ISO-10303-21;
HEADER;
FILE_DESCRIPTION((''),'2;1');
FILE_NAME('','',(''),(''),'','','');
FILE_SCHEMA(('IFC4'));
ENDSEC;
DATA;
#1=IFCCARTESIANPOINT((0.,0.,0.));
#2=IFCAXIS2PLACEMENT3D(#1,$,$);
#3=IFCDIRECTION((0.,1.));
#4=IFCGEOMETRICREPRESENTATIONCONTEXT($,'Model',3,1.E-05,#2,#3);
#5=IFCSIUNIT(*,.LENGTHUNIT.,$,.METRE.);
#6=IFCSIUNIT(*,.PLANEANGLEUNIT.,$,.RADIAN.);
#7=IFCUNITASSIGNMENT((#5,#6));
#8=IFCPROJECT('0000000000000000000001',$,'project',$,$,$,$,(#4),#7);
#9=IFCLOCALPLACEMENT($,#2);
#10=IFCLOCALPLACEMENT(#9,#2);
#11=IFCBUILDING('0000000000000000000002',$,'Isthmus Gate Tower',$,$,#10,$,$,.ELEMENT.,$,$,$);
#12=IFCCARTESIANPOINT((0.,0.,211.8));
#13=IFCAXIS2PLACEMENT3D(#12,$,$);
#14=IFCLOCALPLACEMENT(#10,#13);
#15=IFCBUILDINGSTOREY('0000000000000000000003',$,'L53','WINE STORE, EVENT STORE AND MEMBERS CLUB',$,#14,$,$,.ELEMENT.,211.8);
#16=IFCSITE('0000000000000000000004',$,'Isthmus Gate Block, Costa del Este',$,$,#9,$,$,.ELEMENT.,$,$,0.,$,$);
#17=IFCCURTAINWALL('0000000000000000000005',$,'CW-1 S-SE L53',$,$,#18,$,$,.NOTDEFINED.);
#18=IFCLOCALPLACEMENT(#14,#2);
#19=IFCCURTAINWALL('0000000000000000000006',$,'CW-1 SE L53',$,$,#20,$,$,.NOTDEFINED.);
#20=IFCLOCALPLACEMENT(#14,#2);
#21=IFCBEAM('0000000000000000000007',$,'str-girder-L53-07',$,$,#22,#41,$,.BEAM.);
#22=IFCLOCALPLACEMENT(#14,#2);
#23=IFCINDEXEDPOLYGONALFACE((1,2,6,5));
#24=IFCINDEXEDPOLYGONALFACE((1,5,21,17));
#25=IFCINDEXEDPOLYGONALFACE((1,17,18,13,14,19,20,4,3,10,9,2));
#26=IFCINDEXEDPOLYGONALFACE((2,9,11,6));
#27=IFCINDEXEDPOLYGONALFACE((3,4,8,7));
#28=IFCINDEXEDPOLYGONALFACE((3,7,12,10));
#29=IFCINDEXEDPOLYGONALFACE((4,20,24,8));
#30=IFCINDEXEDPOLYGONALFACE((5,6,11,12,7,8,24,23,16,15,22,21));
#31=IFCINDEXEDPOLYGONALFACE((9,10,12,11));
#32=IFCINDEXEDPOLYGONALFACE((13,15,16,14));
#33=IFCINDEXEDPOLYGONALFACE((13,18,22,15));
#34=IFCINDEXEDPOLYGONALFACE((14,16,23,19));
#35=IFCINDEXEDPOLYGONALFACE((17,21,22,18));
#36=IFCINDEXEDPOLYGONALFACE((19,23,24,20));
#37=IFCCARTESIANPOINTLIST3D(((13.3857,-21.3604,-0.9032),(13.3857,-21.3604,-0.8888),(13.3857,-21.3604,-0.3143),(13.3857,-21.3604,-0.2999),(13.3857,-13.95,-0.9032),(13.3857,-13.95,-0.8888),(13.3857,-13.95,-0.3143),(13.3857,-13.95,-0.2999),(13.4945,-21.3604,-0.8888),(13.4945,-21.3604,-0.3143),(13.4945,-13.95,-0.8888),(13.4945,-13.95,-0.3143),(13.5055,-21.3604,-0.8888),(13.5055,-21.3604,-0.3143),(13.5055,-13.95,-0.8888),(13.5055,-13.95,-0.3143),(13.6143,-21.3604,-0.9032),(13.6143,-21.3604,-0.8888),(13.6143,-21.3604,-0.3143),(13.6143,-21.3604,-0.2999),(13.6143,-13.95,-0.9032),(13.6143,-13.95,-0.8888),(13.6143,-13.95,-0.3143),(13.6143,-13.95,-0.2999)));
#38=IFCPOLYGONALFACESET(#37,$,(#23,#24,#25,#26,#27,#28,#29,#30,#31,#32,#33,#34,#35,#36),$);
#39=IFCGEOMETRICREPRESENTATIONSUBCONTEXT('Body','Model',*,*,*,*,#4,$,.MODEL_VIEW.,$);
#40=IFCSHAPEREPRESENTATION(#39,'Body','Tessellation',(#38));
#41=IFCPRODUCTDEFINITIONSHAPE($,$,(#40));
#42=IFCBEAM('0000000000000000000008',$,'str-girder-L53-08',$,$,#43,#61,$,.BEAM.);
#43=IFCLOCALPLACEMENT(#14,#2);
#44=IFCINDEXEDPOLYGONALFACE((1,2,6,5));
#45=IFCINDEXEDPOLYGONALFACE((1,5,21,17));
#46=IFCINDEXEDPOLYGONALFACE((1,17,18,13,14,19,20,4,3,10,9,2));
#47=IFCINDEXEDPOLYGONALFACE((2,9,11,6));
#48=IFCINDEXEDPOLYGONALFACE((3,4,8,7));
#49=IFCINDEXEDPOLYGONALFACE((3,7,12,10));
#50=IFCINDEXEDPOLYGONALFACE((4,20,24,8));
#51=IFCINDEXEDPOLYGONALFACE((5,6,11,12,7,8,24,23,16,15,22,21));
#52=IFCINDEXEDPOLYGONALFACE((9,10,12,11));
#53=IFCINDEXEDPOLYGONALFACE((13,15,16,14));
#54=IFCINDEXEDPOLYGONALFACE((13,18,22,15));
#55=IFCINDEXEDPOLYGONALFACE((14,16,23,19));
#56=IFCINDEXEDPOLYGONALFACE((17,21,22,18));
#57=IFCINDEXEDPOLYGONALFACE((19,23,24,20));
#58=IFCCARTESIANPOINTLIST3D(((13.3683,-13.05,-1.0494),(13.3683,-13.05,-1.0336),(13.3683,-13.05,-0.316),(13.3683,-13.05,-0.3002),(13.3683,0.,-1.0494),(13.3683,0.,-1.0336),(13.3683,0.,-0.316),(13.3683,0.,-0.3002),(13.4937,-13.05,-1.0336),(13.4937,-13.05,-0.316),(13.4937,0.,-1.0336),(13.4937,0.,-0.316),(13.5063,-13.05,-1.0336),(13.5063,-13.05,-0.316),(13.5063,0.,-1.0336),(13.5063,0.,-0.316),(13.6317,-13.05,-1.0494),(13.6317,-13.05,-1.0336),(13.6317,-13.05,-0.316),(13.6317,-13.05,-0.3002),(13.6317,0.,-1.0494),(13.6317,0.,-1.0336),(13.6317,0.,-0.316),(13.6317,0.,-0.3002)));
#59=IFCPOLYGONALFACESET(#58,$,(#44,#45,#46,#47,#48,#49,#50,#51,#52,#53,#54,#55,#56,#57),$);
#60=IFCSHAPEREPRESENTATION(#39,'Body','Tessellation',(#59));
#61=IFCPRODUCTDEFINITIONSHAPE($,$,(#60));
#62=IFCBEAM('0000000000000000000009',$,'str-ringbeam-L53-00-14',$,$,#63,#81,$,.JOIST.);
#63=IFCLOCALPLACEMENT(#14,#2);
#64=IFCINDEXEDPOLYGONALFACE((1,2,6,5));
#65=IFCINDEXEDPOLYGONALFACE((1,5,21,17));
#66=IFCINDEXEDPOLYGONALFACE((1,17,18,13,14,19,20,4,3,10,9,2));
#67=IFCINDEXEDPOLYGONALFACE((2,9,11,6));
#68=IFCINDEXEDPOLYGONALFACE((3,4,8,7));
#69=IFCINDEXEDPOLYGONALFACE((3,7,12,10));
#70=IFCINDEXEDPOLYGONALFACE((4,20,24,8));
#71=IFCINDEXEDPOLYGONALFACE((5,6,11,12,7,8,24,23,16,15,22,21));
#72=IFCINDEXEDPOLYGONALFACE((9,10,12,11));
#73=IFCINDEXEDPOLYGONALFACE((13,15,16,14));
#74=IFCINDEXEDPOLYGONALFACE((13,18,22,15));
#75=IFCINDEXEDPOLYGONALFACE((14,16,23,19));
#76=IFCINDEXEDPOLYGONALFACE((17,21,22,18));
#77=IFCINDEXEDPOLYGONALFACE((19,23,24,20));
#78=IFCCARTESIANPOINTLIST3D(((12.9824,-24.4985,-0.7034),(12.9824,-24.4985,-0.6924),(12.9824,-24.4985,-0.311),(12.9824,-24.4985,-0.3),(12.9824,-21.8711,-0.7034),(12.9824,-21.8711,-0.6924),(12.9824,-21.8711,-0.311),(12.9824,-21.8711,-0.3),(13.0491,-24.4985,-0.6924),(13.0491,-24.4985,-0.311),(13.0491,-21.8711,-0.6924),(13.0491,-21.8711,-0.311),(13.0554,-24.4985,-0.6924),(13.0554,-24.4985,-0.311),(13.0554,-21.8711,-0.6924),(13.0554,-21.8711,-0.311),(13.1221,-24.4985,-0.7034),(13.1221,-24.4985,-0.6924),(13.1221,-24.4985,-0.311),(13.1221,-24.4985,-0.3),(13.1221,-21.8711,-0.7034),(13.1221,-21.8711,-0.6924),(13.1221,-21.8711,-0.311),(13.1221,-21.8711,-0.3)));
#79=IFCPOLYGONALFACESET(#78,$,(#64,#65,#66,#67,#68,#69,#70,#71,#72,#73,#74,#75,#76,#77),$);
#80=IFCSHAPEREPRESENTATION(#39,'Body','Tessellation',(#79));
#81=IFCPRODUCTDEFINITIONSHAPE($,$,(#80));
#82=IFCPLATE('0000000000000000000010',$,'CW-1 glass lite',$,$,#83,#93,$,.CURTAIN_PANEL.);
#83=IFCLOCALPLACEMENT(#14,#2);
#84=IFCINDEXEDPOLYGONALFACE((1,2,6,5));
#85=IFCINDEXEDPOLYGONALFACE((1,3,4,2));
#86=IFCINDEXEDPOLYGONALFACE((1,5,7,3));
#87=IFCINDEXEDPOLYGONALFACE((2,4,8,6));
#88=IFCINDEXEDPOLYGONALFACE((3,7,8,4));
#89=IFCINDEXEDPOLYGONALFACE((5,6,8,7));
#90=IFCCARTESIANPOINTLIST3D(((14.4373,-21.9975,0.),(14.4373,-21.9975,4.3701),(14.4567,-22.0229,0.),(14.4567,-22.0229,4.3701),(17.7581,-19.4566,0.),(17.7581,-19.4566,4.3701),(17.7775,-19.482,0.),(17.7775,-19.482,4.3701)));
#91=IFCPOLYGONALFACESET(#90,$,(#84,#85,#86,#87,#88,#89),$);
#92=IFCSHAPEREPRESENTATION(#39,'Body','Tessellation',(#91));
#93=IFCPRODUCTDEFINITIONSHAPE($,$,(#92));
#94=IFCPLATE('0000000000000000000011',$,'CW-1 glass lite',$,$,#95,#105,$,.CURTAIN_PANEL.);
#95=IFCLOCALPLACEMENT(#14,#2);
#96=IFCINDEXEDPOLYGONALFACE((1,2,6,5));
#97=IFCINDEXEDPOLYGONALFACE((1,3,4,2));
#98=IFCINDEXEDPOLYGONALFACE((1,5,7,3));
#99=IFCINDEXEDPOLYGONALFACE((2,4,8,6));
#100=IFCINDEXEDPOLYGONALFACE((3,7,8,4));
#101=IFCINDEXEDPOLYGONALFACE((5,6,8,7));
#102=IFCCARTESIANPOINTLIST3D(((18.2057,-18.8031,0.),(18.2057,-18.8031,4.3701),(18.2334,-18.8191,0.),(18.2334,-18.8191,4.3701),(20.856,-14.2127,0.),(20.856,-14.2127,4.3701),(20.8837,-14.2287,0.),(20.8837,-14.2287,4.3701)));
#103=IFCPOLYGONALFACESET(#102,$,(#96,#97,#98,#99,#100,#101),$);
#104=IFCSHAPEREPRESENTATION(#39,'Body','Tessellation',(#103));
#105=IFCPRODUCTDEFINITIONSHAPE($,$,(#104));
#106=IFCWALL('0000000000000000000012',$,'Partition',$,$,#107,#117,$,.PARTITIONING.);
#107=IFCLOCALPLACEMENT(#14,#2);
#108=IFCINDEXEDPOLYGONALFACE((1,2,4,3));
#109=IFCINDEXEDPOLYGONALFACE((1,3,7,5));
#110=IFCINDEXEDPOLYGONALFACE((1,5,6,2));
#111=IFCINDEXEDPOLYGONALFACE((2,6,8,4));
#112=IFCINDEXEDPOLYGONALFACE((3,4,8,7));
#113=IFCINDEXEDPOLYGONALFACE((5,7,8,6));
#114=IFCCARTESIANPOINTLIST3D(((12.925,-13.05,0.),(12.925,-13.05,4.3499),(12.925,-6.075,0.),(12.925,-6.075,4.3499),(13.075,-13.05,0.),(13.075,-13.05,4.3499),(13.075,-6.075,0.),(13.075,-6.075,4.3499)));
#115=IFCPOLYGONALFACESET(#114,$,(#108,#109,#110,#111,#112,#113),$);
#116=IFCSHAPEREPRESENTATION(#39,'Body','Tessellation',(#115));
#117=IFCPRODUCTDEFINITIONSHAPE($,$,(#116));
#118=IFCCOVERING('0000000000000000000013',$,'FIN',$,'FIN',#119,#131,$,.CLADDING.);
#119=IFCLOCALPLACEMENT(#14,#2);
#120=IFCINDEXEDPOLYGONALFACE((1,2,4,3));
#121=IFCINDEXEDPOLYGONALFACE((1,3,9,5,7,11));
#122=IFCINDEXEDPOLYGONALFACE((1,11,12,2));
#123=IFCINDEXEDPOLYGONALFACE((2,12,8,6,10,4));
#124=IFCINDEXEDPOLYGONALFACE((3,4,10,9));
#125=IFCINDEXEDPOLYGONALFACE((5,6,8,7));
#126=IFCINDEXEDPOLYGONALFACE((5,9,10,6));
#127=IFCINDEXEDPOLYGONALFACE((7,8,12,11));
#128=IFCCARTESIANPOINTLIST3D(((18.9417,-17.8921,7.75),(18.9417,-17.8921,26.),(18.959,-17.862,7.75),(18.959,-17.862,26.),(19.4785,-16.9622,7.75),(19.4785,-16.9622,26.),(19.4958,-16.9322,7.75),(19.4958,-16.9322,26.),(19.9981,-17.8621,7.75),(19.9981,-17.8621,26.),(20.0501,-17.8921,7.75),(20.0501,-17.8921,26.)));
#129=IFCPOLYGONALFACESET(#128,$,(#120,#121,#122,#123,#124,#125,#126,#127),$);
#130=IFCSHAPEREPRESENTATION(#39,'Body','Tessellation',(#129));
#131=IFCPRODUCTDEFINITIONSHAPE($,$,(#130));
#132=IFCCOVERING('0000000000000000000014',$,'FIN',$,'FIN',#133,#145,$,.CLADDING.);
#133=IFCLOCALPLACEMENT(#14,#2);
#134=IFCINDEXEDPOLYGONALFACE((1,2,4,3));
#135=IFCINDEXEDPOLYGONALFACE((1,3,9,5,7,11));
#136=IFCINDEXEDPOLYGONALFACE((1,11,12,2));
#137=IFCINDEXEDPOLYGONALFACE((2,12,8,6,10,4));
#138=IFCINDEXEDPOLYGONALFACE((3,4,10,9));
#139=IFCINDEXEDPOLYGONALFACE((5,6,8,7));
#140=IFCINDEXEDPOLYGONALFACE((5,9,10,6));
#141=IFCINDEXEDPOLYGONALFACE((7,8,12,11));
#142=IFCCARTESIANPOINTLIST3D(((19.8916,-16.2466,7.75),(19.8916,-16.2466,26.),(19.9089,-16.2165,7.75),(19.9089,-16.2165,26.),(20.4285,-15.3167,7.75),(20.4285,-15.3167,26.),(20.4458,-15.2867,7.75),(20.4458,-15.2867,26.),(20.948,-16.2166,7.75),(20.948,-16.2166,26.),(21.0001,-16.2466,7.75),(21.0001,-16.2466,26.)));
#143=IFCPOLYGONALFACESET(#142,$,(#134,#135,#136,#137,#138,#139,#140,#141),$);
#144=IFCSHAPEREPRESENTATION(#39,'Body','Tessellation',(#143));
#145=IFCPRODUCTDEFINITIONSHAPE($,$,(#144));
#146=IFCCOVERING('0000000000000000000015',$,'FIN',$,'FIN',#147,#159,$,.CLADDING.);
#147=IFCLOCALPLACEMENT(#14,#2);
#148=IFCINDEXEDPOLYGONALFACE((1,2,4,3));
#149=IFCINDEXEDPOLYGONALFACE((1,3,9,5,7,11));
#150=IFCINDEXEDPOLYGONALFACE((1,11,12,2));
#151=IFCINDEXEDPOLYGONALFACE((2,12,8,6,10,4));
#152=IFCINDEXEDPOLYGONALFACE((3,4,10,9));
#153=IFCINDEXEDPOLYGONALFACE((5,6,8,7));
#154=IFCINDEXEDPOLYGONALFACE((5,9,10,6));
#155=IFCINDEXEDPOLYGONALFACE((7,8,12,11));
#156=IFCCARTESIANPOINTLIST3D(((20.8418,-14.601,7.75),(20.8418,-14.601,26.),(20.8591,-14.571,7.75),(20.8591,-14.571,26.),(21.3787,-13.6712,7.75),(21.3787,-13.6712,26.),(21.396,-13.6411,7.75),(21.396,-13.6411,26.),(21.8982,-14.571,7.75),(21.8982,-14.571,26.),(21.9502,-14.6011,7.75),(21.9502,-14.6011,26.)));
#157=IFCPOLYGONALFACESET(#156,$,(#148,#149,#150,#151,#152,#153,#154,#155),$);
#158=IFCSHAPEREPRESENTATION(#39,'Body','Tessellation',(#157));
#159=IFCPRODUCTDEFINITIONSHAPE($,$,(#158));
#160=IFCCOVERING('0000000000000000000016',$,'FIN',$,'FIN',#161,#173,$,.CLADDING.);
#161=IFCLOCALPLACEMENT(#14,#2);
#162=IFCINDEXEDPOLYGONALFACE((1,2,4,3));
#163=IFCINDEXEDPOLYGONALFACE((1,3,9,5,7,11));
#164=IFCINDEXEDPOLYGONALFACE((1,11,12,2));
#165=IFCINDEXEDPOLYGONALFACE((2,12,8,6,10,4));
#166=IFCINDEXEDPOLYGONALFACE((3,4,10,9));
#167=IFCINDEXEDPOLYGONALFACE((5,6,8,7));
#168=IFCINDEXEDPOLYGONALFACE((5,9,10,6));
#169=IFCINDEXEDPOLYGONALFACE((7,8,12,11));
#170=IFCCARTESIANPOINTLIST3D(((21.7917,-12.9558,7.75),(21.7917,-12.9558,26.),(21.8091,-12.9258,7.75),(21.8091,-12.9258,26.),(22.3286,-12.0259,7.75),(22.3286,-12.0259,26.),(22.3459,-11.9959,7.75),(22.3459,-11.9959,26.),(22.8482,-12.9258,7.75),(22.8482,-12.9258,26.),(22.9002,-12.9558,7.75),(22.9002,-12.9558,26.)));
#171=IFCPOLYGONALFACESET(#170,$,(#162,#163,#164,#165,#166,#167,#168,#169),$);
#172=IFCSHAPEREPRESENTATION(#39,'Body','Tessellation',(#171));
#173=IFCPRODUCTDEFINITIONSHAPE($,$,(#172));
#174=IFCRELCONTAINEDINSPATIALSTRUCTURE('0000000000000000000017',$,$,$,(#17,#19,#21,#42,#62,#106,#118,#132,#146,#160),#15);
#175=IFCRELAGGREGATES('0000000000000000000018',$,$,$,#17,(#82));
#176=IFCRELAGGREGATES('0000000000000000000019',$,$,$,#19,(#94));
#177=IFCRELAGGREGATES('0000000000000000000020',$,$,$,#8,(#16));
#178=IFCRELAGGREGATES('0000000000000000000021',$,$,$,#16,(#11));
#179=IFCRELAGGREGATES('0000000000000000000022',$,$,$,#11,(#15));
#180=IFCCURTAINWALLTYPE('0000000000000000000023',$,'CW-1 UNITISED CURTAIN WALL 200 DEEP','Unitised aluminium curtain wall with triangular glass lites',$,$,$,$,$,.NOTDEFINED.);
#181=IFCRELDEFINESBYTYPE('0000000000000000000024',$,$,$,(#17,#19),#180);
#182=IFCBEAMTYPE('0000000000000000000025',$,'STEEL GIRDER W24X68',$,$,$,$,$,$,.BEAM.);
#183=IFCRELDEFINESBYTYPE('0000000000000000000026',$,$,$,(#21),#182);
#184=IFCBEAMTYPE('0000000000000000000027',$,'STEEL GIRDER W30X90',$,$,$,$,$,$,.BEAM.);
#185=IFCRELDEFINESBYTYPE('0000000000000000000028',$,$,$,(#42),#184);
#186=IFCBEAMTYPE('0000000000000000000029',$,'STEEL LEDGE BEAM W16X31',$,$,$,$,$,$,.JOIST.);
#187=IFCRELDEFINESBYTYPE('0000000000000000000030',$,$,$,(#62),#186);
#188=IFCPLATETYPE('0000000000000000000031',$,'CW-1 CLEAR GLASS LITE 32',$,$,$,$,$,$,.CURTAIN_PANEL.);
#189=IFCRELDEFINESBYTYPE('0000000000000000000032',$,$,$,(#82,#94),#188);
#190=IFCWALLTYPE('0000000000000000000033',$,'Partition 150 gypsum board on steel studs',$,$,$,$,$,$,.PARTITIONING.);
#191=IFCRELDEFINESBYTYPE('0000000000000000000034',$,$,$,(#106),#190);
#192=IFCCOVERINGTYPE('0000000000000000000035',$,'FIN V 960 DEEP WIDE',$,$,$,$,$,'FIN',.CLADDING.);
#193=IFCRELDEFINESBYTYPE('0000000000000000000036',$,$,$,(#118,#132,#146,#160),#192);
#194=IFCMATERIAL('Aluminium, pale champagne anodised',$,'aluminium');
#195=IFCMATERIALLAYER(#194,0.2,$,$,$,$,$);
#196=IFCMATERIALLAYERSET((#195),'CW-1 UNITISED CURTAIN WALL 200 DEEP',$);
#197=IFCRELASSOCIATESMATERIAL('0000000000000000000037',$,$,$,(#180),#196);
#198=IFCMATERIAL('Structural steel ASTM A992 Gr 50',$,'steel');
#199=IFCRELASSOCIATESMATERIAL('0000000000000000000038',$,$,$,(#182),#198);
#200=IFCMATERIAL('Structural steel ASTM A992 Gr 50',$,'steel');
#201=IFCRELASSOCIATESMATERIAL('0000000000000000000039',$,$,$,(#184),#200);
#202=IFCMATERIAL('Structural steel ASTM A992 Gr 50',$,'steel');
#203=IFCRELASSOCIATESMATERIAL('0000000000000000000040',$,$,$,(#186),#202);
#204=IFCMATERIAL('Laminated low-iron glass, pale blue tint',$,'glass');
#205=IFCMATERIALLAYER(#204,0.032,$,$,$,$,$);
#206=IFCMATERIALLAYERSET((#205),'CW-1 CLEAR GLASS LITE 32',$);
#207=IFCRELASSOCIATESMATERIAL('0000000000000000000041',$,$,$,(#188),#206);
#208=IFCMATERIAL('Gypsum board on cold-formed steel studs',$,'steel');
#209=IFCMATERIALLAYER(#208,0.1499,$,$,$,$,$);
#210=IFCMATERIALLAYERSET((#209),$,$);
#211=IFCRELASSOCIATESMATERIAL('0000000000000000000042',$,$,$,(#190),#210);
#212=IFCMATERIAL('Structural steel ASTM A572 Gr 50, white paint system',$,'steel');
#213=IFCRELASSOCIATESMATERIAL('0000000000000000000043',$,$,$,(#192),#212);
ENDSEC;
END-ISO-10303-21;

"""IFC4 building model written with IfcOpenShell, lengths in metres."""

from ifc_helpers import new_model, si_unit, direction, frame, frame_2d, origin, origin_2d, place, context, subcontext, project, spatial, polyline, rectangle, i_section, outline, extrude, material, layer, layer_set, material_profile, profile_set, type_object, element, aggregate, save


model = new_model("IFC4")

# Units and contexts
model_context = context("Model", 3, precision=1e-05, world=origin(), true_north=direction((0.0, 1.0)))
body_context = subcontext(model_context, "Body", "Model", "MODEL_VIEW")
ifc_project = project(units=[si_unit("LENGTHUNIT", "METRE"), si_unit("PLANEANGLEUNIT", "RADIAN")], contexts=[model_context])

# Site, building, storey
site_placement = place(None, origin())
site = spatial("IfcSite", under=ifc_project, at=site_placement, Name="Isthmus Gate Block, Costa del Este", CompositionType="ELEMENT", RefElevation=0.0)
building_placement = place(site_placement, origin())
building = spatial("IfcBuilding", under=site, at=building_placement, Name="Isthmus Gate Tower", CompositionType="ELEMENT")
storey_placement = place(building_placement, frame((0.0, 0.0, 211.8)))
storey = spatial("IfcBuildingStorey", under=building, at=storey_placement, Name="L53", Description="WINE STORE, EVENT STORE AND MEMBERS CLUB", CompositionType="ELEMENT", Elevation=211.8)

# Curtain walls
ifc_material_1 = material(Name="Aluminium, pale champagne anodised", Category="aluminium")
ifc_layer_1 = layer(ifc_material_1, 0.2)
ifc_layer_set_1 = layer_set([ifc_layer_1], Name="CW-1 UNITISED CURTAIN WALL 200 DEEP")
curtain_wall_type = type_object("IfcCurtainWallType", Name="CW-1 UNITISED CURTAIN WALL 200 DEEP", Description="Unitised aluminium curtain wall with triangular glass lites", PredefinedType="NOTDEFINED", material=ifc_layer_set_1)
curtain_wall_1_placement = place(storey_placement, origin())
curtain_wall_1 = element("IfcCurtainWall", 1, at=curtain_wall_1_placement, inside=storey, type_object=curtain_wall_type, Name="CW-1 S-SE L53", PredefinedType="NOTDEFINED")
curtain_wall_2_placement = place(storey_placement, origin())
curtain_wall_2 = element("IfcCurtainWall", 2, at=curtain_wall_2_placement, inside=storey, type_object=curtain_wall_type, Name="CW-1 SE L53", PredefinedType="NOTDEFINED")

# Beams
ifc_material_2 = material(Name="Structural steel ASTM A992 Gr 50", Category="steel")
ifc_material_profile_1 = material_profile(ifc_material_2, i_section(OverallWidth=0.2285, OverallDepth=0.6033, WebThickness=0.011, FlangeThickness=0.0144, at=origin_2d()), Name="W24X68")
ifc_profile_set_1 = profile_set([ifc_material_profile_1], Name="Structural steel ASTM A992 Gr 50")
beam_type_1 = type_object("IfcBeamType", Name="STEEL GIRDER W24X68", PredefinedType="BEAM", material=ifc_profile_set_1)
beam_1_placement = place(storey_placement, frame((13.5, -21.3604, -0.6016), z_axis=(0.0, 1.0, 0.0), x_axis=(-1.0, 0.0, 0.0)))
element("IfcBeam", 3, at=beam_1_placement, inside=storey, type_object=beam_type_1, Name="str-girder-L53-07", PredefinedType="BEAM", context=body_context, shape_type="SweptSolid", body=[
    extrude(i_section(OverallWidth=0.2285, OverallDepth=0.6033, WebThickness=0.011, FlangeThickness=0.0144, at=origin_2d()), origin(), (0.0, 0.0, 1.0), 7.4104),
])
ifc_material_3 = material(Name="Structural steel ASTM A992 Gr 50", Category="steel")
ifc_material_profile_2 = material_profile(ifc_material_3, i_section(OverallWidth=0.2634, OverallDepth=0.7493, WebThickness=0.0127, FlangeThickness=0.0159, at=origin_2d()), Name="W30X90")
ifc_profile_set_2 = profile_set([ifc_material_profile_2], Name="Structural steel ASTM A992 Gr 50")
beam_type_2 = type_object("IfcBeamType", Name="STEEL GIRDER W30X90", PredefinedType="BEAM", material=ifc_profile_set_2)
beam_2_placement = place(storey_placement, frame((13.5, -13.05, -0.6748), z_axis=(0.0, 1.0, 0.0), x_axis=(-1.0, 0.0, 0.0)))
element("IfcBeam", 4, at=beam_2_placement, inside=storey, type_object=beam_type_2, Name="str-girder-L53-08", PredefinedType="BEAM", context=body_context, shape_type="SweptSolid", body=[
    extrude(i_section(OverallWidth=0.2634, OverallDepth=0.7493, WebThickness=0.0127, FlangeThickness=0.0159, at=origin_2d()), origin(), (0.0, 0.0, 1.0), 13.05),
])
ifc_material_4 = material(Name="Structural steel ASTM A992 Gr 50", Category="steel")
ifc_material_profile_3 = material_profile(ifc_material_4, i_section(OverallWidth=0.1396, OverallDepth=0.4033, WebThickness=0.0063, FlangeThickness=0.011, at=origin_2d()), Name="W16X31")
ifc_profile_set_3 = profile_set([ifc_material_profile_3], Name="Structural steel ASTM A992 Gr 50")
beam_type_3 = type_object("IfcBeamType", Name="STEEL LEDGE BEAM W16X31", PredefinedType="JOIST", material=ifc_profile_set_3)
beam_3_placement = place(storey_placement, frame((13.0522, -24.4985, -0.5017), z_axis=(0.0, 1.0, 0.0), x_axis=(-1.0, 0.0, 0.0)))
element("IfcBeam", 5, at=beam_3_placement, inside=storey, type_object=beam_type_3, Name="str-ringbeam-L53-00-14", PredefinedType="JOIST", context=body_context, shape_type="SweptSolid", body=[
    extrude(i_section(OverallWidth=0.1396, OverallDepth=0.4033, WebThickness=0.0063, FlangeThickness=0.011, at=origin_2d()), origin(), (0.0, 0.0, 1.0), 2.6274),
])

# Plates
ifc_material_5 = material(Name="Laminated low-iron glass, pale blue tint", Category="glass")
ifc_layer_2 = layer(ifc_material_5, 0.032)
ifc_layer_set_2 = layer_set([ifc_layer_2], Name="CW-1 CLEAR GLASS LITE 32")
plate_type = type_object("IfcPlateType", Name="CW-1 CLEAR GLASS LITE 32", PredefinedType="CURTAIN_PANEL", material=ifc_layer_set_2)
plate_1_placement = place(storey_placement, frame((16.1074, -20.7397, 0.0), z_axis=(0.0, 0.0, 1.0), x_axis=(0.794189, 0.607671, 0.0)))
plate_1 = element("IfcPlate", 6, at=plate_1_placement, type_object=plate_type, Name="CW-1 glass lite", PredefinedType="CURTAIN_PANEL", context=body_context, shape_type="SweptSolid", body=[
    extrude(rectangle(XDim=4.1814, YDim=0.032, at=origin_2d()), origin(), (0.0, 0.0, 1.0), 4.3701),
])
aggregate(curtain_wall_1, [plate_1])
plate_2_placement = place(storey_placement, frame((19.5447, -16.5159, 0.0), z_axis=(0.0, 0.0, 1.0), x_axis=(0.5, 0.866025, 0.0)))
plate_2 = element("IfcPlate", 7, at=plate_2_placement, type_object=plate_type, Name="CW-1 glass lite", PredefinedType="CURTAIN_PANEL", context=body_context, shape_type="SweptSolid", body=[
    extrude(rectangle(XDim=5.3005, YDim=0.032, at=origin_2d()), origin(), (0.0, 0.0, 1.0), 4.3701),
])
aggregate(curtain_wall_2, [plate_2])

# Wall
ifc_material_6 = material(Name="Gypsum board on cold-formed steel studs", Category="steel")
ifc_layer_3 = layer(ifc_material_6, 0.1499)
ifc_layer_set_3 = layer_set([ifc_layer_3])
wall_type_1 = type_object("IfcWallType", Name="Partition 150 gypsum board on steel studs", PredefinedType="PARTITIONING", material=ifc_layer_set_3)
wall_1_placement = place(storey_placement, frame((13.0, -13.05, 0.0), z_axis=(0.0, 0.0, 1.0), x_axis=(0.0, 1.0, 0.0)))
element("IfcWall", 8, at=wall_1_placement, inside=storey, type_object=wall_type_1, Name="Partition", PredefinedType="PARTITIONING", context=body_context, shape_type="SweptSolid", body=[
    extrude(rectangle(XDim=6.9751, YDim=0.1499, at=frame_2d((3.4875, 0.0))), origin(), (0.0, 0.0, 1.0), 4.3499),
])

# Coverings
ifc_material_7 = material(Name="Structural steel ASTM A572 Gr 50, white paint system", Category="steel")
ifc_material_profile_4 = material_profile(ifc_material_7, outline(polyline([(0.0, -0.5542), (0.96, 0.0), (0.0, 0.5542), (0.0, 0.5195), (0.8999, 0.0), (0.0, -0.5195), (0.0, -0.5542)])), Name="V960W")
ifc_profile_set_4 = profile_set([ifc_material_profile_4], Name="Structural steel ASTM A572 Gr 50, white paint system")
covering_type = type_object("IfcCoveringType", Name="FIN V 960 DEEP WIDE", ElementType="FIN", PredefinedType="CLADDING", material=ifc_profile_set_4)
for number, where, z_axis, x_axis, name in (
    (9, (19.2188, -17.4121, 7.75), (0.0, 0.0, 1.0), (0.866025, -0.5, 0.0), "FIN"),
    (10, (20.1687, -15.7666, 7.75), (0.0, 0.0, 1.0), (0.866025, -0.5, 0.0), "FIN"),
    (11, (21.1189, -14.1211, 7.75), (0.0, 0.0, 1.0), (0.866025, -0.5, 0.0), "FIN"),
    (12, (22.0688, -12.4758, 7.75), (0.0, 0.0, 1.0), (0.866025, -0.5, 0.0), "FIN"),
):
    element("IfcCovering", number, at=place(storey_placement, frame(where, z_axis=z_axis, x_axis=x_axis)), inside=storey, type_object=covering_type, Name=name, ObjectType="FIN", PredefinedType="CLADDING", context=body_context, shape_type="SweptSolid", body=[
        extrude(outline(polyline([(0.0, -0.5542), (0.96, 0.0), (0.0, 0.5542), (0.0, 0.5195), (0.8999, 0.0), (0.0, -0.5195), (0.0, -0.5542)])), origin(), (0.0, 0.0, 1.0), 18.25),
    ])

save(model, "model.ifc")
